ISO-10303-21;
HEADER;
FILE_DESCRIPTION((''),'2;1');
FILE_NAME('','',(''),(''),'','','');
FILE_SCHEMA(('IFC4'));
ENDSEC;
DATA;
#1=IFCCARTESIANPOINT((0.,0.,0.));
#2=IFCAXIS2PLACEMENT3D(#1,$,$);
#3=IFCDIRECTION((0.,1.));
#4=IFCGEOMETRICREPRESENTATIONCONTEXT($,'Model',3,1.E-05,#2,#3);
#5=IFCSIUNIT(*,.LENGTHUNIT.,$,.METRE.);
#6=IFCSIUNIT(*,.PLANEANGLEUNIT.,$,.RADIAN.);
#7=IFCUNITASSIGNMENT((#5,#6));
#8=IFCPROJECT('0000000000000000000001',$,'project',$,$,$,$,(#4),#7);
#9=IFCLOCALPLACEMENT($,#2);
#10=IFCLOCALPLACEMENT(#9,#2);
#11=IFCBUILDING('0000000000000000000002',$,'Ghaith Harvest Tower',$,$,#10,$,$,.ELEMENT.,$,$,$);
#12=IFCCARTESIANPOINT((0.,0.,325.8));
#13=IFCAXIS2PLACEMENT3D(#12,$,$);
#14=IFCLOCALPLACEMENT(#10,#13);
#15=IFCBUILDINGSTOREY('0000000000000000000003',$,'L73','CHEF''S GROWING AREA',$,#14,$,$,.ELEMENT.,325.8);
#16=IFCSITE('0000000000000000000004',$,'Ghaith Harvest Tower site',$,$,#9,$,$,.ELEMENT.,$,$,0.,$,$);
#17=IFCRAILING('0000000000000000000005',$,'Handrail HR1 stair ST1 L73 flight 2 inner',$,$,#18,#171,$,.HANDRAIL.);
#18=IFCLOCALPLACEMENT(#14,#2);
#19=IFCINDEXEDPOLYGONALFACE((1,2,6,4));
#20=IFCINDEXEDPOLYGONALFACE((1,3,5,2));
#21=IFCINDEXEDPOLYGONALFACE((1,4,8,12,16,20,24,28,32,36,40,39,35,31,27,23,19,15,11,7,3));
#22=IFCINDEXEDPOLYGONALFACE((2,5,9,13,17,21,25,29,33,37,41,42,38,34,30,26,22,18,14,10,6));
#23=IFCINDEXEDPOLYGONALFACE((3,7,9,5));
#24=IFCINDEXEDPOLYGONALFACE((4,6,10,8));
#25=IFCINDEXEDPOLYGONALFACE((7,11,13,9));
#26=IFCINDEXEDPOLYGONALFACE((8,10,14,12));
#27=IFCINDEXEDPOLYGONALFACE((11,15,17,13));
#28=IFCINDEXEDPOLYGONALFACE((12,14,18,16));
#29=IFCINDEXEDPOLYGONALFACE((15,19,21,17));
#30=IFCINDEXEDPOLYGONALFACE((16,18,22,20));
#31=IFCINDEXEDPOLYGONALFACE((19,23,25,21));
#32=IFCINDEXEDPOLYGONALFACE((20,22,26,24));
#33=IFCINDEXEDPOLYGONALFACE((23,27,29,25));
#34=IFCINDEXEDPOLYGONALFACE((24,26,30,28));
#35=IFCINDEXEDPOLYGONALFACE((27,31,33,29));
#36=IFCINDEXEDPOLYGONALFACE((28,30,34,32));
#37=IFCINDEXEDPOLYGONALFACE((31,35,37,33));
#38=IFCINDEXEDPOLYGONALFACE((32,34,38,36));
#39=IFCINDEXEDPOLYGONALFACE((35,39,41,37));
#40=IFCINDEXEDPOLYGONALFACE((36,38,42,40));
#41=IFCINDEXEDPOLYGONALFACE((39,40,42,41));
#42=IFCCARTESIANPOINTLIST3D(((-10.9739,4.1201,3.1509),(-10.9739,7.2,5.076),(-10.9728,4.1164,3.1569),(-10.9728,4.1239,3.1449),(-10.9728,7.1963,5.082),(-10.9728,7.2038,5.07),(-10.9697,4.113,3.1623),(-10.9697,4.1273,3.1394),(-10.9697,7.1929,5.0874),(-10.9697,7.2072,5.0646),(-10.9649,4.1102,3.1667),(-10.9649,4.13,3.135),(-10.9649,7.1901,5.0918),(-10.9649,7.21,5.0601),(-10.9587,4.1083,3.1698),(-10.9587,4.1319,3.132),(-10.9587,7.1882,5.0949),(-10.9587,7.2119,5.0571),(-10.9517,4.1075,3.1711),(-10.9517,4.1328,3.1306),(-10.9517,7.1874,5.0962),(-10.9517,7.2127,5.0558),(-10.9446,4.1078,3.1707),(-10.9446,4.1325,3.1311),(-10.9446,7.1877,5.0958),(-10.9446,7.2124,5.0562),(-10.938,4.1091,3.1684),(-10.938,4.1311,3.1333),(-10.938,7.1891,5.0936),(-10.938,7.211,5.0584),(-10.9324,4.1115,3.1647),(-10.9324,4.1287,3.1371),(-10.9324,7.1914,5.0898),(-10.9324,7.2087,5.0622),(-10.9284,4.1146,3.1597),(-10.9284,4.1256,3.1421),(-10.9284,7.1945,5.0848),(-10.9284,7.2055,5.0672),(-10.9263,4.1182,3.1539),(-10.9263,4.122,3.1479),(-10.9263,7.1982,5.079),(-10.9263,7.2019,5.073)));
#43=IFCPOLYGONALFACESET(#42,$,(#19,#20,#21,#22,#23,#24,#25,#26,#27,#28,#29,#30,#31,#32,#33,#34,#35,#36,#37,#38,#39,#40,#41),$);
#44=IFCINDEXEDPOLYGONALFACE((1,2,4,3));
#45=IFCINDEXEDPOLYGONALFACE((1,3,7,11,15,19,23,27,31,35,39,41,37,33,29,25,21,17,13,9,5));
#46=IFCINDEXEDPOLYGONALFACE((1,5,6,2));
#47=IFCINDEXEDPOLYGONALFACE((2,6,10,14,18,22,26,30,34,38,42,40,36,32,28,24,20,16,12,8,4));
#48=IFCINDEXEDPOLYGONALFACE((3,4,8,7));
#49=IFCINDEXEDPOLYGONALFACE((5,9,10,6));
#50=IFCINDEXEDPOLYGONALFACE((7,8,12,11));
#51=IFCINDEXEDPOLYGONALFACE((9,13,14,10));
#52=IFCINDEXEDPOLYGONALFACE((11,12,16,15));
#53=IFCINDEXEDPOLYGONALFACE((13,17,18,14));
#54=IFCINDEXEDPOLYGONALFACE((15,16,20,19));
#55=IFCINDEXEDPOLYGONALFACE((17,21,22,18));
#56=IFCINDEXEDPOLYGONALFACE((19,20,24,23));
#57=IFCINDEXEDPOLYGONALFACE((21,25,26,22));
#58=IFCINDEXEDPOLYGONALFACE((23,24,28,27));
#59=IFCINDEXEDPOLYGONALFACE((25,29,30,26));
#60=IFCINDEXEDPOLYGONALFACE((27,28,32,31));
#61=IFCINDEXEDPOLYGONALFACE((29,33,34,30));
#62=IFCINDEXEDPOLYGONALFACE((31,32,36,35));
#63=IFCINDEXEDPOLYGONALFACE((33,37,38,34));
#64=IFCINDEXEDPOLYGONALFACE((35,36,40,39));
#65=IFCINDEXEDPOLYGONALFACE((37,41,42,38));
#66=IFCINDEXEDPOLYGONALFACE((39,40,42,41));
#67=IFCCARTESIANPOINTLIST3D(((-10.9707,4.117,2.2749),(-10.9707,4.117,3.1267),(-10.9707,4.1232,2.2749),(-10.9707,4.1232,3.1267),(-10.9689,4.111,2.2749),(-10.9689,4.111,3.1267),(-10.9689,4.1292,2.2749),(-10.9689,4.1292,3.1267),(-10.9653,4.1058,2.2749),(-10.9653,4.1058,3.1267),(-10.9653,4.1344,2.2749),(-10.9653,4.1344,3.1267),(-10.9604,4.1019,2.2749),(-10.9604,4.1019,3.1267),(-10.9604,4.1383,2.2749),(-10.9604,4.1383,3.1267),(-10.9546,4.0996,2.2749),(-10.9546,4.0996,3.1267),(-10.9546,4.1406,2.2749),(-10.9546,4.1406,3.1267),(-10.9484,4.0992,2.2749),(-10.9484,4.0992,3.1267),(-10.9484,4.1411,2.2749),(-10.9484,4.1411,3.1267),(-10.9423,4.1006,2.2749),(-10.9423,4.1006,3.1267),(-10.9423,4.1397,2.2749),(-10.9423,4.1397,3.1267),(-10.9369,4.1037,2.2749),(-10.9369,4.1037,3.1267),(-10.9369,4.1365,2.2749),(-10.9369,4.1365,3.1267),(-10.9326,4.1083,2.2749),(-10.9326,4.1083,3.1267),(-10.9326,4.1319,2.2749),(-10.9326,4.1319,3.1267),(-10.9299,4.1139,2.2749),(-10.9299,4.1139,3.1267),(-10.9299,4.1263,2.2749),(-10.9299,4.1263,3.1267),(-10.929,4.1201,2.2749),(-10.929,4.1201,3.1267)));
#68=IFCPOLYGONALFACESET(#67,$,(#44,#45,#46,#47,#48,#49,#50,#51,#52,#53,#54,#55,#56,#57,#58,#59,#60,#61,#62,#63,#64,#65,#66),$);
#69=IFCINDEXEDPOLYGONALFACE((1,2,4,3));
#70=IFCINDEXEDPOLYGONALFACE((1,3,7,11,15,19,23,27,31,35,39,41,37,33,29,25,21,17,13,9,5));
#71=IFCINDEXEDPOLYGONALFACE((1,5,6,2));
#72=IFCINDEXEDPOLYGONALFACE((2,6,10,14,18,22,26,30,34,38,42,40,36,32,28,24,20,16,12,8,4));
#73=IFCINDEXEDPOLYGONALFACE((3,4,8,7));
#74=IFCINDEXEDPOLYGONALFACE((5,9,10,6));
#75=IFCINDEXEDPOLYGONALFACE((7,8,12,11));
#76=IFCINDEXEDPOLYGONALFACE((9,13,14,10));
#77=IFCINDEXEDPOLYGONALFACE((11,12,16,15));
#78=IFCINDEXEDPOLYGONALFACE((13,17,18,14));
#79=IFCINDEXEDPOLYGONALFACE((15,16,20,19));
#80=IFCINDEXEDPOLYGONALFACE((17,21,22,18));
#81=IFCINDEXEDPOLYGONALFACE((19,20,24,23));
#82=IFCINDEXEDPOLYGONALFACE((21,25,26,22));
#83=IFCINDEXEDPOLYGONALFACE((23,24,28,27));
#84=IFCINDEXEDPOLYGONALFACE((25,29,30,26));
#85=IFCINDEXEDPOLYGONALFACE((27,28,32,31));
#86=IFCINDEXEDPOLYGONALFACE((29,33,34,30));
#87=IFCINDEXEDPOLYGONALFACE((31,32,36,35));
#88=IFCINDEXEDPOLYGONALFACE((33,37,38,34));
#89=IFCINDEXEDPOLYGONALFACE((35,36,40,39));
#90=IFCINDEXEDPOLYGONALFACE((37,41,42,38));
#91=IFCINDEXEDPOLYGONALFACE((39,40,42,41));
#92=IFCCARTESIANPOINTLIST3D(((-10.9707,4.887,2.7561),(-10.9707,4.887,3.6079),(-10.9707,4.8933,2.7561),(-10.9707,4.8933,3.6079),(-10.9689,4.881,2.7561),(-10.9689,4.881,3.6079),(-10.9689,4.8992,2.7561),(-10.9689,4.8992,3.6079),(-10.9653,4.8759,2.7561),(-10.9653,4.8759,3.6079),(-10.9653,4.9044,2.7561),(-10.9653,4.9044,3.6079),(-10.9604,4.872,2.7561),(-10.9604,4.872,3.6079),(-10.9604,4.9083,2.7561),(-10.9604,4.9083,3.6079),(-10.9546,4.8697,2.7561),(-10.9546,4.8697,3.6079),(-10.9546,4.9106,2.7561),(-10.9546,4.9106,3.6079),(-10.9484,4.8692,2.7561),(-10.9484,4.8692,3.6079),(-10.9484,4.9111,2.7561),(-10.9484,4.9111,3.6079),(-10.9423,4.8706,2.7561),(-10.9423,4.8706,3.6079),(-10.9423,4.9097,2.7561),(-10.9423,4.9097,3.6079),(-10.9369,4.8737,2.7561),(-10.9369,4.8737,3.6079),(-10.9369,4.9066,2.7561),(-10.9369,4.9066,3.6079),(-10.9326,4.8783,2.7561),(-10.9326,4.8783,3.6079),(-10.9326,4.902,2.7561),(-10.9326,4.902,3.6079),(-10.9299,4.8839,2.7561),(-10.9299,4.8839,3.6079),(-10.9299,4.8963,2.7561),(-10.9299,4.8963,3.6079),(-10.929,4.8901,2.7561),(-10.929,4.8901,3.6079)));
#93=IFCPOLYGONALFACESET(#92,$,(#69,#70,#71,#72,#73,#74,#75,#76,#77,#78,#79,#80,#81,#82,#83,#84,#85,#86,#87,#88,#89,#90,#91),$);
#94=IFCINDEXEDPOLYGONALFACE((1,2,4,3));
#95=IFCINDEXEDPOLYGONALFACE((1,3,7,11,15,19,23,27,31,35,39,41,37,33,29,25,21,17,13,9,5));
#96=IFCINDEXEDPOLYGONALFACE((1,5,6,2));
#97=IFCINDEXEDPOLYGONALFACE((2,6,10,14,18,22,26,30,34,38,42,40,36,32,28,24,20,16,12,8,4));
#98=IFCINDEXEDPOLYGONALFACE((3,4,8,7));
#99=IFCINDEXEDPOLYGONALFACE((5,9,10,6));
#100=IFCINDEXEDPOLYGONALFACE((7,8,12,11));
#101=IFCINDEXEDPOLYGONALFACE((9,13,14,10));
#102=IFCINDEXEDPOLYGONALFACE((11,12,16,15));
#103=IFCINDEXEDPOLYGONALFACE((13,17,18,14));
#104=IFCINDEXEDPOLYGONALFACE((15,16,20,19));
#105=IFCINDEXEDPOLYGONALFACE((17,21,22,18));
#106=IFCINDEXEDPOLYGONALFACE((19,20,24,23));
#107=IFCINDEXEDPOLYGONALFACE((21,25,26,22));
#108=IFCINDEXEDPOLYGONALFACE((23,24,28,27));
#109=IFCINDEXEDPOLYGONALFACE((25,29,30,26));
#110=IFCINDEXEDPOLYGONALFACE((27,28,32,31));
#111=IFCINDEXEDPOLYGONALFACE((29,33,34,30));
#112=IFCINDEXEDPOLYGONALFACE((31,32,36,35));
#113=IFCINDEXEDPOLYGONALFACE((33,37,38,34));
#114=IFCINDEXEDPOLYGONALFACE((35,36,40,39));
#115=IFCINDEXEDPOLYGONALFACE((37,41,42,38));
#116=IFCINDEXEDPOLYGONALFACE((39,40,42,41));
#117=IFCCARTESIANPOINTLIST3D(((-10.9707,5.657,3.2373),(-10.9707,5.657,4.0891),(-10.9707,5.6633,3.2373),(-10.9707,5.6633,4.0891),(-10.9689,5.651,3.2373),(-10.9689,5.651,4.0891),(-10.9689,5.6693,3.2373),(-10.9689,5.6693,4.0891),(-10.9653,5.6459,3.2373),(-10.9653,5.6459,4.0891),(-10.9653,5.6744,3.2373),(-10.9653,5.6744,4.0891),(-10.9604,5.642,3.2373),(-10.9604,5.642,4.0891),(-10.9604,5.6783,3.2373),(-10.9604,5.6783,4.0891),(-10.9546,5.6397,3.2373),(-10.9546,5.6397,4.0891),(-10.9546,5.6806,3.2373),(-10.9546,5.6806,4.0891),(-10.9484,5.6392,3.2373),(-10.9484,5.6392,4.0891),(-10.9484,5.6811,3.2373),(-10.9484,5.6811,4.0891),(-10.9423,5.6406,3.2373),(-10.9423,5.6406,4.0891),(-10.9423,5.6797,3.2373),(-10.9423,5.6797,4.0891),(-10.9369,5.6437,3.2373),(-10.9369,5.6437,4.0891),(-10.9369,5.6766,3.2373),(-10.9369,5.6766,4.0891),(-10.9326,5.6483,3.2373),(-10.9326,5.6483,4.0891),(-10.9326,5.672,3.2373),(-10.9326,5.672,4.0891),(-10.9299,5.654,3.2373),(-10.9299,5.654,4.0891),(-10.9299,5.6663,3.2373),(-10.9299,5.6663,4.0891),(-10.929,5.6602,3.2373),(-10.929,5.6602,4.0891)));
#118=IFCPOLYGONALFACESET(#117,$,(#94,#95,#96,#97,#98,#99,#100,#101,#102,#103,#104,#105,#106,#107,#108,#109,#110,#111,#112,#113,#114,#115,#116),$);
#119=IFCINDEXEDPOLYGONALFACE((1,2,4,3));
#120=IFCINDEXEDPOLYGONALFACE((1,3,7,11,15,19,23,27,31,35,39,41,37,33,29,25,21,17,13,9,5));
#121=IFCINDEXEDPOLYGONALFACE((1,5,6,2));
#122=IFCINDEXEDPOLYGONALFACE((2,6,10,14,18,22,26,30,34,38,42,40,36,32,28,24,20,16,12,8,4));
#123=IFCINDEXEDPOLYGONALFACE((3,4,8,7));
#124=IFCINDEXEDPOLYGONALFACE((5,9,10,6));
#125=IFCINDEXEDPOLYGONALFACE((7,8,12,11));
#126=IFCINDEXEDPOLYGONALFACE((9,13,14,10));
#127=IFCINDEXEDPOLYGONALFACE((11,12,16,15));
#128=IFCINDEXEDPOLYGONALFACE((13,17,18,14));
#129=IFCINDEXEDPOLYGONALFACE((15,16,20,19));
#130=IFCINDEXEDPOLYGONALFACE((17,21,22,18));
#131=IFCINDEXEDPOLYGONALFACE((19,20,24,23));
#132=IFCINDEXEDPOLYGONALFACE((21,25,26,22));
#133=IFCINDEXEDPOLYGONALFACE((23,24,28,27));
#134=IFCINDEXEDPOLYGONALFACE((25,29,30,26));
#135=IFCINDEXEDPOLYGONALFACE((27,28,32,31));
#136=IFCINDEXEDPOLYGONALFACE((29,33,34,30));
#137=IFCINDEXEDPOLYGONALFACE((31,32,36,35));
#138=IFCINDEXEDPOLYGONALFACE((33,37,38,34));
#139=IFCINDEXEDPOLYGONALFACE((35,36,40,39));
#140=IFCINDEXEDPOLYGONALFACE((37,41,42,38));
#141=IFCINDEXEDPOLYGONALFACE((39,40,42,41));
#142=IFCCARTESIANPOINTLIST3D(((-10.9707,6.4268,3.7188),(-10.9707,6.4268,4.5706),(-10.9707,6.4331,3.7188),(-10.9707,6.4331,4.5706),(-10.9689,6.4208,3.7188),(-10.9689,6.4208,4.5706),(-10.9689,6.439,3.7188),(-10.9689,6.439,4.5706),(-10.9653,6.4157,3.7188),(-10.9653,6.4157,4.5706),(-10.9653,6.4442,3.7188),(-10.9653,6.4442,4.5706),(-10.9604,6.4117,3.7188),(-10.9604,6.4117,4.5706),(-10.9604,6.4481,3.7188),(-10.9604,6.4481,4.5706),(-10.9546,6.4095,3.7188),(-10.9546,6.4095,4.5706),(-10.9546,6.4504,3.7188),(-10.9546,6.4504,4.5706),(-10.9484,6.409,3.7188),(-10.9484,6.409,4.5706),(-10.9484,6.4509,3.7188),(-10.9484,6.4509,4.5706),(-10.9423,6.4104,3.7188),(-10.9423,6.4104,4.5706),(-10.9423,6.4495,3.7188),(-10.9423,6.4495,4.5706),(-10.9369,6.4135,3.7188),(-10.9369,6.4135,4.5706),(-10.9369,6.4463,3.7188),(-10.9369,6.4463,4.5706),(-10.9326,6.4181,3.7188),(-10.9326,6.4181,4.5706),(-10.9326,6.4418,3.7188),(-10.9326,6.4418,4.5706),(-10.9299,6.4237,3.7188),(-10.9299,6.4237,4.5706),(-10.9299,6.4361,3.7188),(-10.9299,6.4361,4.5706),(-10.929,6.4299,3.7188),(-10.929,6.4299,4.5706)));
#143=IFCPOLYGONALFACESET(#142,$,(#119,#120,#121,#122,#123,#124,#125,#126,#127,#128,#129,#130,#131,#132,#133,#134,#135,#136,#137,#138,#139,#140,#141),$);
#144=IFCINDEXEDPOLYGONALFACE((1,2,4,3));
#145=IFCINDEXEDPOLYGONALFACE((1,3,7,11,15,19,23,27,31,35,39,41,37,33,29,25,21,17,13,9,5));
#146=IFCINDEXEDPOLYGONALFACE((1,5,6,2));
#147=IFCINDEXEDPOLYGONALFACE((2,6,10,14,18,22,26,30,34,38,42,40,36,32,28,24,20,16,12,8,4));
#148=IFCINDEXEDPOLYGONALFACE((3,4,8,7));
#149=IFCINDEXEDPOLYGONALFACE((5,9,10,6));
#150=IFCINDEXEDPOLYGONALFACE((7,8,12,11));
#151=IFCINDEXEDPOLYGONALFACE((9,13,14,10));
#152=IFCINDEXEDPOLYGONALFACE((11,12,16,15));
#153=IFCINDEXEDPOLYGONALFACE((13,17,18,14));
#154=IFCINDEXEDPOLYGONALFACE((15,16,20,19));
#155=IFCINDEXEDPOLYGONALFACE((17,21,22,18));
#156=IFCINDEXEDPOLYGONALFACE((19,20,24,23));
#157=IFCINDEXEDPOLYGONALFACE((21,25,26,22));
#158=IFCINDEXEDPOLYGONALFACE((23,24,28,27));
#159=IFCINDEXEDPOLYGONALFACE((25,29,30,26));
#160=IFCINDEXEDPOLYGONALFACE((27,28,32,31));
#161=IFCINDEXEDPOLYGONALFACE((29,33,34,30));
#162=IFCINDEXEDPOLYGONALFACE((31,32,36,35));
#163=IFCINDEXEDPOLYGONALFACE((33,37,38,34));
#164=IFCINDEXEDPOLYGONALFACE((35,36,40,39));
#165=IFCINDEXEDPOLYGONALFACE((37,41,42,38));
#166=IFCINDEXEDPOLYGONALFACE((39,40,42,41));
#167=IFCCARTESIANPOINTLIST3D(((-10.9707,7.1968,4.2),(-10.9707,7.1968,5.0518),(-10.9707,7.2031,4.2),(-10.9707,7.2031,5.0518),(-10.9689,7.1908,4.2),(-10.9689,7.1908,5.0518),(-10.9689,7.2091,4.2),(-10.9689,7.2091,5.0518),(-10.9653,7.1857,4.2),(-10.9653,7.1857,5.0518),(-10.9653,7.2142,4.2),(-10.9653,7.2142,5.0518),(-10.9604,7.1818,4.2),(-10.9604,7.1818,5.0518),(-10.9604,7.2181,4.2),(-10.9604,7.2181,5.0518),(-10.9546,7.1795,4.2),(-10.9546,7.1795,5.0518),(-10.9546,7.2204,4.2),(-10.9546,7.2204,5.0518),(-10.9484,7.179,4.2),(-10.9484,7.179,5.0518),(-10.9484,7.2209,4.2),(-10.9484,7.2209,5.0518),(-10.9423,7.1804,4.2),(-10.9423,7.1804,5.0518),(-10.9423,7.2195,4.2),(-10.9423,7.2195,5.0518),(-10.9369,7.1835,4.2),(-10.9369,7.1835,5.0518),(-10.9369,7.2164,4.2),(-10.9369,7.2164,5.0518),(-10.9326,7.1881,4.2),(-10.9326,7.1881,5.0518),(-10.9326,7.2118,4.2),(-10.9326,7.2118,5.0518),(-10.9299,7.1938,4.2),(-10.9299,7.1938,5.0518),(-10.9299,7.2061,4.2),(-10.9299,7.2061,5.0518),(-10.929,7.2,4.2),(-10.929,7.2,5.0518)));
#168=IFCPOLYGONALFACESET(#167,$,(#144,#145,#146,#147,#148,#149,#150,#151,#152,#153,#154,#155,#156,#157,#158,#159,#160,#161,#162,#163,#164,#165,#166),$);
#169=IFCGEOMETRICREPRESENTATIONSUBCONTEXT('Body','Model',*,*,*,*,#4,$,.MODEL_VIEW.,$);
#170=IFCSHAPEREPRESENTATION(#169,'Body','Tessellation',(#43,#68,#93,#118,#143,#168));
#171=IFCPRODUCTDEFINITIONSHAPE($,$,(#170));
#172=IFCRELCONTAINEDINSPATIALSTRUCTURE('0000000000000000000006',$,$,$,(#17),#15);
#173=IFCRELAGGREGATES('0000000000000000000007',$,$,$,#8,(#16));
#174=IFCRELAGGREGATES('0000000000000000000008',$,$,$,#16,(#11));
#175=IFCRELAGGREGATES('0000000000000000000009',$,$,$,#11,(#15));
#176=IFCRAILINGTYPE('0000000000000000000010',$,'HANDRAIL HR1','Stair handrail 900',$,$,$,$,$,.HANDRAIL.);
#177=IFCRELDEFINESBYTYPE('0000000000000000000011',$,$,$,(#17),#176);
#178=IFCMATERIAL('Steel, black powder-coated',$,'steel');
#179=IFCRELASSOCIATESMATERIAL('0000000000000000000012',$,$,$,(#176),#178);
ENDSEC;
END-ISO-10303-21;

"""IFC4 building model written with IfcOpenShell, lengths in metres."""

from ifc_helpers import new_model, si_unit, direction, frame, origin, origin_2d, place, context, subcontext, project, spatial, circle, extrude, material, type_object, element, save


model = new_model("IFC4")

# Units and contexts
model_context = context("Model", 3, precision=1e-05, world=origin(), true_north=direction((0.0, 1.0)))
body_context = subcontext(model_context, "Body", "Model", "MODEL_VIEW")
ifc_project = project(units=[si_unit("LENGTHUNIT", "METRE"), si_unit("PLANEANGLEUNIT", "RADIAN")], contexts=[model_context])

# Site, building, storey
site_placement = place(None, origin())
site = spatial("IfcSite", under=ifc_project, at=site_placement, Name="Ghaith Harvest Tower site", CompositionType="ELEMENT", RefElevation=0.0)
building_placement = place(site_placement, origin())
building = spatial("IfcBuilding", under=site, at=building_placement, Name="Ghaith Harvest Tower", CompositionType="ELEMENT")
storey_placement = place(building_placement, frame((0.0, 0.0, 325.8)))
storey = spatial("IfcBuildingStorey", under=building, at=storey_placement, Name="L73", Description="CHEF'S GROWING AREA", CompositionType="ELEMENT", Elevation=325.8)

# Railing
ifc_material_1 = material(Name="Steel, black powder-coated", Category="steel")
railing_type = type_object("IfcRailingType", Name="HANDRAIL HR1", Description="Stair handrail 900", PredefinedType="HANDRAIL", material=ifc_material_1)
railing_1_placement = place(storey_placement, frame((-10.95, 4.1201, 2.2749)))
element("IfcRailing", 1, at=railing_1_placement, inside=storey, type_object=railing_type, Name="Handrail HR1 stair ST1 L73 flight 2 inner", PredefinedType="HANDRAIL", context=body_context, shape_type="SweptSolid", body=[
    extrude(circle(Radius=0.0239, at=origin_2d()), frame((0.0, 0.0, 0.876), z_axis=(0.0, 0.847979, 0.530029), x_axis=(-1.0, 0.0, 0.0)), (0.0, 0.0, 1.0), 3.6321),
    extrude(circle(Radius=0.021, at=origin_2d()), origin(), (0.0, 0.0, 1.0), 0.8518),
    extrude(circle(Radius=0.021, at=origin_2d()), frame((0.0, 0.77, 0.4812)), (0.0, 0.0, 1.0), 0.8518),
    extrude(circle(Radius=0.021, at=origin_2d()), frame((0.0, 1.54, 0.9624)), (0.0, 0.0, 1.0), 0.8518),
    extrude(circle(Radius=0.021, at=origin_2d()), frame((0.0, 2.3098, 1.4438)), (0.0, 0.0, 1.0), 0.8518),
    extrude(circle(Radius=0.021, at=origin_2d()), frame((0.0, 3.0798, 1.925)), (0.0, 0.0, 1.0), 0.8518),
])

save(model, "model.ifc")
